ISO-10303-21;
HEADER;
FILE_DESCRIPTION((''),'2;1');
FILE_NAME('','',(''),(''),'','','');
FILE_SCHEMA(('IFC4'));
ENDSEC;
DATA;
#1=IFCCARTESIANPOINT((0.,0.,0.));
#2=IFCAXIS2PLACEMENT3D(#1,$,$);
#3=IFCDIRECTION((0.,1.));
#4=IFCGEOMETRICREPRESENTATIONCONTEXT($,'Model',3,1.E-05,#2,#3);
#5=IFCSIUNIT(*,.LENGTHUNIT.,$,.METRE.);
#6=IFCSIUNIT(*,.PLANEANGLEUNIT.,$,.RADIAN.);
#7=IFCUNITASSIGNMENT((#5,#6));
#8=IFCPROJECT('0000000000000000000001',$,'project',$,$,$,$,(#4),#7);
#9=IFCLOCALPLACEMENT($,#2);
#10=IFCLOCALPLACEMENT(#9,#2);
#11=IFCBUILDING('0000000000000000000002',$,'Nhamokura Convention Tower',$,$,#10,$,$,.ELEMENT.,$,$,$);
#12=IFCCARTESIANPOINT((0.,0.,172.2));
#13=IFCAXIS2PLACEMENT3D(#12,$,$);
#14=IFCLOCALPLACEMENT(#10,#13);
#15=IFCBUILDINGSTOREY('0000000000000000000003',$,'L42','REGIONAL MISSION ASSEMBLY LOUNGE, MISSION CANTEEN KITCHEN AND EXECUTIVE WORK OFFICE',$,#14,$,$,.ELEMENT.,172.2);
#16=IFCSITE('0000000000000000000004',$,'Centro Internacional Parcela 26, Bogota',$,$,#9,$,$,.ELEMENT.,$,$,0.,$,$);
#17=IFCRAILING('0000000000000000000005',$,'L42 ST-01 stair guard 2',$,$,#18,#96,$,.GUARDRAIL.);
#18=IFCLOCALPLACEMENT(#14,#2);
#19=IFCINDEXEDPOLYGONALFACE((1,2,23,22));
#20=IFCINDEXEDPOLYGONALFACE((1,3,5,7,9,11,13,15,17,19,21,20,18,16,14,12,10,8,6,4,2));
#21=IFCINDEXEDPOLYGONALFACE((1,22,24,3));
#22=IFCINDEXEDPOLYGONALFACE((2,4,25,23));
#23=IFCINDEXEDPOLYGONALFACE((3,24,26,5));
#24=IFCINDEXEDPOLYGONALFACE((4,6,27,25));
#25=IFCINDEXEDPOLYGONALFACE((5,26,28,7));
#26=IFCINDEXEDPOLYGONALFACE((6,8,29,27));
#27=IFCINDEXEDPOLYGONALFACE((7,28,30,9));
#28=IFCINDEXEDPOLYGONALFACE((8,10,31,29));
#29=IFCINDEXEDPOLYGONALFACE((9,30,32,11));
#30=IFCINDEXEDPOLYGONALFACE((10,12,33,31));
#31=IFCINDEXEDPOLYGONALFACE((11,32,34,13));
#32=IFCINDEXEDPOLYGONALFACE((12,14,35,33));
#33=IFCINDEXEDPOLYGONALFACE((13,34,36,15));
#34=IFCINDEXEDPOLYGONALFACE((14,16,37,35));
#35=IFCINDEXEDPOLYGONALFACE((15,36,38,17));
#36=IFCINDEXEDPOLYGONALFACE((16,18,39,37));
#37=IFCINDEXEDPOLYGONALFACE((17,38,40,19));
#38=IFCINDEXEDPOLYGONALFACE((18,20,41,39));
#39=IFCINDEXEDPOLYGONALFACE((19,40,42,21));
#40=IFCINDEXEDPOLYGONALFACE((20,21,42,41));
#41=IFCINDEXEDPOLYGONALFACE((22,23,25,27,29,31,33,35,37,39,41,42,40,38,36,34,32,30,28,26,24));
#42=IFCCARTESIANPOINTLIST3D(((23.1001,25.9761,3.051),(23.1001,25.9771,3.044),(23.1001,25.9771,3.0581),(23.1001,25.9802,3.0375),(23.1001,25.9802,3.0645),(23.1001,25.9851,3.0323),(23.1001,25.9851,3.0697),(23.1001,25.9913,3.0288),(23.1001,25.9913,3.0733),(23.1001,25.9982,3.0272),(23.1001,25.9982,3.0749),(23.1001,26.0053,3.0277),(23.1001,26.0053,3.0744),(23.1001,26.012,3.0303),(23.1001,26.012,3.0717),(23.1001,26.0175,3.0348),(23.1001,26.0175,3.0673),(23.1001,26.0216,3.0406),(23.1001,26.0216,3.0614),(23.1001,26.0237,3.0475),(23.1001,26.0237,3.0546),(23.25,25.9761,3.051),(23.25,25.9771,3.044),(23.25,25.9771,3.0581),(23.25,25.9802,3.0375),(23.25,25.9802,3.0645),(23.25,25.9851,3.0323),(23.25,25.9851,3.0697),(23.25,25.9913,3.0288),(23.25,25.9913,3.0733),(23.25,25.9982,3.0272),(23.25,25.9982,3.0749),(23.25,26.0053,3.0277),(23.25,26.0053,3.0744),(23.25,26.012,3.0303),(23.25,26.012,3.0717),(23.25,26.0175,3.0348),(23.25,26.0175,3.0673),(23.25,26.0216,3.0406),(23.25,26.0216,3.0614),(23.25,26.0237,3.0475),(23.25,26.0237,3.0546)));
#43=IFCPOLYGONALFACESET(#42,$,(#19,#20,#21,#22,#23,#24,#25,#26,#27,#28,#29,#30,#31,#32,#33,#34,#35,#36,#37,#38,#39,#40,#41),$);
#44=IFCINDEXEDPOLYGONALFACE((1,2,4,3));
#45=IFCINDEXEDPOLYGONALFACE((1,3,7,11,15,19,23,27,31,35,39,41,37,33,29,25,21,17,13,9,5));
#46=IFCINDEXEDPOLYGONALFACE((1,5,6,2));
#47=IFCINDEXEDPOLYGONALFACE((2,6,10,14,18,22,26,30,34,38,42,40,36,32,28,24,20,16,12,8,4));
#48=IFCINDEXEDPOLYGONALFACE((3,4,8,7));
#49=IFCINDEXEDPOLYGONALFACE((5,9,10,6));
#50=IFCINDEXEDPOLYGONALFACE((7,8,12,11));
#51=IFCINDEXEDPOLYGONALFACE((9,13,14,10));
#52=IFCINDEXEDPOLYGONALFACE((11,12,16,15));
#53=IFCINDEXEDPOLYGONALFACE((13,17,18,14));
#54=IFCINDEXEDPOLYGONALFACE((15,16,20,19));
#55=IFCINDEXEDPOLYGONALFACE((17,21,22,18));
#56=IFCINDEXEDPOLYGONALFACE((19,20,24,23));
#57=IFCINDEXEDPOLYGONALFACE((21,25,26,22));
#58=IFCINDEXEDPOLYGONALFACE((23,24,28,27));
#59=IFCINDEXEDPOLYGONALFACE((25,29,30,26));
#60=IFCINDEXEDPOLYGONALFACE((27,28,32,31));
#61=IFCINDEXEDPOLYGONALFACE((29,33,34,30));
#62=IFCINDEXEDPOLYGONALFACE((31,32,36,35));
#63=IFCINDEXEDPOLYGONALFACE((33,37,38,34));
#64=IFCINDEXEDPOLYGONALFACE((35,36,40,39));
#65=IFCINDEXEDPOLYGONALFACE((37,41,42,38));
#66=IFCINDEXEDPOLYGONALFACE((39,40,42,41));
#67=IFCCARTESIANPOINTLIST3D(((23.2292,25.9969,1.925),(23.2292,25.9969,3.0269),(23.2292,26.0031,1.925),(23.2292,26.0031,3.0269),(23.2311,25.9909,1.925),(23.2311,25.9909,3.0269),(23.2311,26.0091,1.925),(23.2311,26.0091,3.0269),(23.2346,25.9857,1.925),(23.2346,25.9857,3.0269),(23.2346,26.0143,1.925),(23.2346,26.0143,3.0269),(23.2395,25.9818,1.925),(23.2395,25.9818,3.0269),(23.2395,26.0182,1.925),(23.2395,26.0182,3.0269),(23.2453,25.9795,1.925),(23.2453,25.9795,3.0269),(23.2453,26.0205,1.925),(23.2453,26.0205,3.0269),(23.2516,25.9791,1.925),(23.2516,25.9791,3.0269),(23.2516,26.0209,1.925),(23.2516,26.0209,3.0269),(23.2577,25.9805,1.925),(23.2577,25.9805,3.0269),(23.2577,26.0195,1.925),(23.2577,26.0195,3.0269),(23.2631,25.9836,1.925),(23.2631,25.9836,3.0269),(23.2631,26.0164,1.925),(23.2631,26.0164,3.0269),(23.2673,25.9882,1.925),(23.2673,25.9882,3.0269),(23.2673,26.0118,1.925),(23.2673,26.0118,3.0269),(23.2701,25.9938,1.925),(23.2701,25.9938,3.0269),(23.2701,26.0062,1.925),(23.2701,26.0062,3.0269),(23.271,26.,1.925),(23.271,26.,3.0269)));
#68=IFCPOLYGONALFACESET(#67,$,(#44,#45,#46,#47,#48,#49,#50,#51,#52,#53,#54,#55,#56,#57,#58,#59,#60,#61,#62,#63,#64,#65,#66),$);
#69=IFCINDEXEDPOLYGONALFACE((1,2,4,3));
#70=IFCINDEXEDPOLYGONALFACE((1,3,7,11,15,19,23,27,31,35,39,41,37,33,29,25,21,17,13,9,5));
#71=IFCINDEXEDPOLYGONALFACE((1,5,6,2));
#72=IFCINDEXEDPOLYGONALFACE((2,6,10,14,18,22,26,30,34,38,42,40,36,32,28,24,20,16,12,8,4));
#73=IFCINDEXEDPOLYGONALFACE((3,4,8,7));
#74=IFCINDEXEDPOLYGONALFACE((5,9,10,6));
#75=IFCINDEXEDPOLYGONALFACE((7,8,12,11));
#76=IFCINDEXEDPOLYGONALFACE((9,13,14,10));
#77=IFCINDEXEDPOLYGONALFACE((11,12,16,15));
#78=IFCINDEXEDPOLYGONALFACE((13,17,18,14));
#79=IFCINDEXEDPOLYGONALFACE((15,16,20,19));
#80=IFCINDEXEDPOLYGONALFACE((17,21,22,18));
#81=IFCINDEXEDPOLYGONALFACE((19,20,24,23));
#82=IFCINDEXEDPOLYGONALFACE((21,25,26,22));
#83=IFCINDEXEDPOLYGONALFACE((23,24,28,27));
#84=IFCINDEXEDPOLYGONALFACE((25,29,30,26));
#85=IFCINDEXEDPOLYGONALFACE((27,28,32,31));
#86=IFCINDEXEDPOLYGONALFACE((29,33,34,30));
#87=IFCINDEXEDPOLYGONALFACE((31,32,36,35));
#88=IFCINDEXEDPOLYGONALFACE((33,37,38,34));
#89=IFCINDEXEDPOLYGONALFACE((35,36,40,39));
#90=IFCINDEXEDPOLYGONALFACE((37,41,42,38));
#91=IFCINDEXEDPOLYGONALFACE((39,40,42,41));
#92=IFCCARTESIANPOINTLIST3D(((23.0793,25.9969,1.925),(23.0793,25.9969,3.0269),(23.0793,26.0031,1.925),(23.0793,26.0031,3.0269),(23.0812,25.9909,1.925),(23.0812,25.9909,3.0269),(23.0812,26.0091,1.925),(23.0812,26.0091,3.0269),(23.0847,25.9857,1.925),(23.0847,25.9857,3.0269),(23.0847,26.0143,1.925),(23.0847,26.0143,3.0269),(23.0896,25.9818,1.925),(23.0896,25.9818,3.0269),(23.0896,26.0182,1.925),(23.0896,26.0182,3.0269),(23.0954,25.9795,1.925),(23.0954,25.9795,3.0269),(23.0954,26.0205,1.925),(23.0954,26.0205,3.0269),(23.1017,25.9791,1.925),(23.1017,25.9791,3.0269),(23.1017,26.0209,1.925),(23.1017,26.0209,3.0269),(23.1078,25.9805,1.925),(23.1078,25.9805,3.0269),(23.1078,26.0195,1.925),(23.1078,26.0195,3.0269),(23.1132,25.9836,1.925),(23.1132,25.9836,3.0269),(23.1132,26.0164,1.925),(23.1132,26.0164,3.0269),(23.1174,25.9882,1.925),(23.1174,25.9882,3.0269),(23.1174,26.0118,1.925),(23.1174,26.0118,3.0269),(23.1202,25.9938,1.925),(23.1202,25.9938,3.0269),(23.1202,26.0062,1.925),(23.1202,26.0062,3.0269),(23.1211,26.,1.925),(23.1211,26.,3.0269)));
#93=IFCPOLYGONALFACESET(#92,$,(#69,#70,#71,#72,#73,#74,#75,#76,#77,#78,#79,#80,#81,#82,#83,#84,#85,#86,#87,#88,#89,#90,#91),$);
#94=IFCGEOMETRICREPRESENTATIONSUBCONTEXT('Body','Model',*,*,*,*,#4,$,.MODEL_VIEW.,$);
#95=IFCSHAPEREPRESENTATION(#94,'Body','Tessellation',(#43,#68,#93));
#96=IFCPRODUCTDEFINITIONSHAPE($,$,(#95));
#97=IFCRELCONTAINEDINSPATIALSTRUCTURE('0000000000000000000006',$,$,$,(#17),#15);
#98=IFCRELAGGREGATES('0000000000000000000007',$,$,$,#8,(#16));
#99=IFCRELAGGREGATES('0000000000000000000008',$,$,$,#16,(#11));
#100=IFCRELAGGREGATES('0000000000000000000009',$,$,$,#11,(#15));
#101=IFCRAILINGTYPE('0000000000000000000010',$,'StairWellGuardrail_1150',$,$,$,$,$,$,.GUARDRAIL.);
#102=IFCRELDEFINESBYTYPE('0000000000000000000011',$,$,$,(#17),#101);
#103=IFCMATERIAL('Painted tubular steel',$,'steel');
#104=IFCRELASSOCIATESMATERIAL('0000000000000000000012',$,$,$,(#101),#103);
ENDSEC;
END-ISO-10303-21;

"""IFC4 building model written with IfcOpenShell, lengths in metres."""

from ifc_helpers import new_model, si_unit, direction, frame, origin, origin_2d, place, context, subcontext, project, spatial, circle, extrude, material, type_object, element, save


model = new_model("IFC4")

# Units and contexts
model_context = context("Model", 3, precision=1e-05, world=origin(), true_north=direction((0.0, 1.0)))
body_context = subcontext(model_context, "Body", "Model", "MODEL_VIEW")
ifc_project = project(units=[si_unit("LENGTHUNIT", "METRE"), si_unit("PLANEANGLEUNIT", "RADIAN")], contexts=[model_context])

# Site, building, storey
site_placement = place(None, origin())
site = spatial("IfcSite", under=ifc_project, at=site_placement, Name="Centro Internacional Parcela 26, Bogota", CompositionType="ELEMENT", RefElevation=0.0)
building_placement = place(site_placement, origin())
building = spatial("IfcBuilding", under=site, at=building_placement, Name="Nhamokura Convention Tower", CompositionType="ELEMENT")
storey_placement = place(building_placement, frame((0.0, 0.0, 172.2)))
storey = spatial("IfcBuildingStorey", under=building, at=storey_placement, Name="L42", Description="REGIONAL MISSION ASSEMBLY LOUNGE, MISSION CANTEEN KITCHEN AND EXECUTIVE WORK OFFICE", CompositionType="ELEMENT", Elevation=172.2)

# Railing
ifc_material_1 = material(Name="Painted tubular steel", Category="steel")
railing_type_1 = type_object("IfcRailingType", Name="StairWellGuardrail_1150", PredefinedType="GUARDRAIL", material=ifc_material_1)
railing_1_placement = place(storey_placement, frame((23.25, 26.0, 1.925)))
element("IfcRailing", 1, at=railing_1_placement, inside=storey, type_object=railing_type_1, Name="L42 ST-01 stair guard 2", PredefinedType="GUARDRAIL", context=body_context, shape_type="SweptSolid", body=[
    extrude(circle(Radius=0.0239, at=origin_2d()), frame((0.0, 0.0, 1.126), z_axis=(-1.0, 0.0, 0.0), x_axis=(0.0, -1.0, 0.0)), (0.0, 0.0, 1.0), 0.1499),
    extrude(circle(Radius=0.021, at=origin_2d()), origin(), (0.0, 0.0, 1.0), 1.1018),
    extrude(circle(Radius=0.021, at=origin_2d()), frame((-0.1499, 0.0, 0.0)), (0.0, 0.0, 1.0), 1.1018),
])

save(model, "model.ifc")
